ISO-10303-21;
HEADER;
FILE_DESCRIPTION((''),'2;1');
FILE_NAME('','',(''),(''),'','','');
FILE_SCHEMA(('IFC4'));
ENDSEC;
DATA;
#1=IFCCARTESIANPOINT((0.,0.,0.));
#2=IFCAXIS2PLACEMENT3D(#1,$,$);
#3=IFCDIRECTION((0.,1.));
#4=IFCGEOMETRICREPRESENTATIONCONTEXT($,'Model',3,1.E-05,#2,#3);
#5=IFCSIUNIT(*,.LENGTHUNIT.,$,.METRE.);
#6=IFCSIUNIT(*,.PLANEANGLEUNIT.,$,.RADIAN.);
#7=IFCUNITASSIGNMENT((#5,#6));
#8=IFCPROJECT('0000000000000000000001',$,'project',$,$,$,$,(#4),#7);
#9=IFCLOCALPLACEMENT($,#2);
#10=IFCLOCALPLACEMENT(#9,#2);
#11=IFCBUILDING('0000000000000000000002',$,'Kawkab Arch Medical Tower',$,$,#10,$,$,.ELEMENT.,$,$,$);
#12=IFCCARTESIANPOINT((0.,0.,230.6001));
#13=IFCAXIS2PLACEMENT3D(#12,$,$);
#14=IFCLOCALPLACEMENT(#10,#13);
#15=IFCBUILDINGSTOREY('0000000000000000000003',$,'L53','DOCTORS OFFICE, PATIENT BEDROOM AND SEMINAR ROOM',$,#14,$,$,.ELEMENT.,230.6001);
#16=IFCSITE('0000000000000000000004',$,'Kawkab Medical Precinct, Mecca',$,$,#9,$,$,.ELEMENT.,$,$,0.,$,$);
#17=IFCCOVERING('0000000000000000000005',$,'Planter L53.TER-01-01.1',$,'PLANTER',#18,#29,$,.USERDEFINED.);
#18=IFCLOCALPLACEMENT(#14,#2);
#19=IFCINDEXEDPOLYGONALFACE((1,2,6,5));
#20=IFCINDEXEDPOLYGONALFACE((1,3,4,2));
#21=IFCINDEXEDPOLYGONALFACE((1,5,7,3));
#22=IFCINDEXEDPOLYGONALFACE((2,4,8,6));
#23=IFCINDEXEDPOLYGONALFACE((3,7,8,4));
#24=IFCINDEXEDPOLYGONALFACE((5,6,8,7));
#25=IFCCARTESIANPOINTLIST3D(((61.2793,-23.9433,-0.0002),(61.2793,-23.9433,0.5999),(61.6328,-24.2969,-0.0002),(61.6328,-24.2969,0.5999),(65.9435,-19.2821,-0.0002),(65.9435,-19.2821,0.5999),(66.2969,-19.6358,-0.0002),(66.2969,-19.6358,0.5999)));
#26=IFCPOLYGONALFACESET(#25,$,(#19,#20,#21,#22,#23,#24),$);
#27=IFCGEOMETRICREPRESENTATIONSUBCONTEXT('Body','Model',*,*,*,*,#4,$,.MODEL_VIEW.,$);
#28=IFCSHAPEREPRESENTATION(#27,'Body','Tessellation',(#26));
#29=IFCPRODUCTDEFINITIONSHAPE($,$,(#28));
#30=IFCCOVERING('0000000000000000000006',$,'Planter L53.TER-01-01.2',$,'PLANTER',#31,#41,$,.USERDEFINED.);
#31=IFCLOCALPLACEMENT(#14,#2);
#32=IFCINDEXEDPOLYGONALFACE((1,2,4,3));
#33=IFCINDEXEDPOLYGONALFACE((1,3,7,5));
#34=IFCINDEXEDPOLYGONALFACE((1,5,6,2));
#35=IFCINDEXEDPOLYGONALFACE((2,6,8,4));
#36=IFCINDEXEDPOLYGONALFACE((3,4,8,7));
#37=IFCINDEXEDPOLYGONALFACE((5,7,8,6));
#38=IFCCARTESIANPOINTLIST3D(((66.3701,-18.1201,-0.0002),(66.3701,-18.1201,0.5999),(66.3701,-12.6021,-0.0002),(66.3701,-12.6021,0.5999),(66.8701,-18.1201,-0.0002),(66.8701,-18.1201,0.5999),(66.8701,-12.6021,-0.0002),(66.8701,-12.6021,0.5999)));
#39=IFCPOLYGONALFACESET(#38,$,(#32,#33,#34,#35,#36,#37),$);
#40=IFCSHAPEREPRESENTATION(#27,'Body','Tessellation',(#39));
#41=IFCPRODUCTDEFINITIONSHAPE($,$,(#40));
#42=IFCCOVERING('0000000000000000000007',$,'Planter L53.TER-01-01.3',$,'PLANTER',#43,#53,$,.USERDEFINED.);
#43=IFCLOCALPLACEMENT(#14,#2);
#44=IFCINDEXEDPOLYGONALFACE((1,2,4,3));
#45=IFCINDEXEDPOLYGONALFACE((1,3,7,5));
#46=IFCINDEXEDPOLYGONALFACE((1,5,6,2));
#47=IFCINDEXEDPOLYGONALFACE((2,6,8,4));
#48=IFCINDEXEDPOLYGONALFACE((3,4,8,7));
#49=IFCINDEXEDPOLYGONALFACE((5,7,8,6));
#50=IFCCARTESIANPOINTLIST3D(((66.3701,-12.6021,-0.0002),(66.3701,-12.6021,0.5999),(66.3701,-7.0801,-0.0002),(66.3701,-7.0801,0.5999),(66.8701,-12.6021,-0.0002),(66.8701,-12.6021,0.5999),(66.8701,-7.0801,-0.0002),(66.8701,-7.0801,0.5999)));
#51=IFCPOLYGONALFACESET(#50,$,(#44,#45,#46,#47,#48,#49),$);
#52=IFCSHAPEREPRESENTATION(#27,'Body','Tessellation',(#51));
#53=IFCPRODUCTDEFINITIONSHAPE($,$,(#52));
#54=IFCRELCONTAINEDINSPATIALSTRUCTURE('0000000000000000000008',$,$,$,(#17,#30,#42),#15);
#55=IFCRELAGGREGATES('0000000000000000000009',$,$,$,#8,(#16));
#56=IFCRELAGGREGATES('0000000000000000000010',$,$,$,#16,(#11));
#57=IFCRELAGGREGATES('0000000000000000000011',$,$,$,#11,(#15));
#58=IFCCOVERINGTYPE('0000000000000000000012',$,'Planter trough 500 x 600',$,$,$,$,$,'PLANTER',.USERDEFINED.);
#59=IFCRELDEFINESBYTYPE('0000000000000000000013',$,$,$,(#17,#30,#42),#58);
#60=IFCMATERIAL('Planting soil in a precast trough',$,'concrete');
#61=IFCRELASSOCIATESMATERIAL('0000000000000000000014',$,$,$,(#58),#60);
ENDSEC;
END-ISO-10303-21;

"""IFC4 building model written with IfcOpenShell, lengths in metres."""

from ifc_helpers import new_model, si_unit, direction, frame, origin, origin_2d, place, context, subcontext, project, spatial, rectangle, extrude, material, material_profile, profile_set, type_object, element, save


model = new_model("IFC4")

# Units and contexts
model_context = context("Model", 3, precision=1e-05, world=origin(), true_north=direction((0.0, 1.0)))
body_context = subcontext(model_context, "Body", "Model", "MODEL_VIEW")
ifc_project = project(units=[si_unit("LENGTHUNIT", "METRE"), si_unit("PLANEANGLEUNIT", "RADIAN")], contexts=[model_context])

# Site, building, storey
site_placement = place(None, origin())
site = spatial("IfcSite", under=ifc_project, at=site_placement, Name="Kawkab Medical Precinct, Mecca", CompositionType="ELEMENT", RefElevation=0.0)
building_placement = place(site_placement, origin())
building = spatial("IfcBuilding", under=site, at=building_placement, Name="Kawkab Arch Medical Tower", CompositionType="ELEMENT")
storey_placement = place(building_placement, frame((0.0, 0.0, 230.6001)))
storey = spatial("IfcBuildingStorey", under=building, at=storey_placement, Name="L53", Description="DOCTORS OFFICE, PATIENT BEDROOM AND SEMINAR ROOM", CompositionType="ELEMENT", Elevation=230.6001)

# Coverings
ifc_material_1 = material(Name="Planting soil in a precast trough", Category="concrete")
ifc_material_profile_1 = material_profile(ifc_material_1, rectangle(XDim=0.5, YDim=0.6001, at=origin_2d()), Name="Trough 500x600")
ifc_profile_set_1 = profile_set([ifc_material_profile_1], Name="Planting soil in a precast trough")
covering_type = type_object("IfcCoveringType", Name="Planter trough 500 x 600", ElementType="PLANTER", PredefinedType="USERDEFINED", material=ifc_profile_set_1)
covering_1_placement = place(storey_placement, frame((61.4561, -24.1201, 0.2998), z_axis=(0.707329, 0.706885, 0.0), x_axis=(-0.706885, 0.707329, 0.0)))
element("IfcCovering", 1, at=covering_1_placement, inside=storey, type_object=covering_type, Name="Planter L53.TER-01-01.1", ObjectType="PLANTER", PredefinedType="USERDEFINED", context=body_context, shape_type="SweptSolid", body=[
    extrude(rectangle(XDim=0.5, YDim=0.6001, at=origin_2d()), origin(), (0.0, 0.0, 1.0), 6.594),
])
covering_2_placement = place(storey_placement, frame((66.6201, -18.1201, 0.2998), z_axis=(0.0, 1.0, 0.0), x_axis=(-1.0, 0.0, 0.0)))
element("IfcCovering", 2, at=covering_2_placement, inside=storey, type_object=covering_type, Name="Planter L53.TER-01-01.2", ObjectType="PLANTER", PredefinedType="USERDEFINED", context=body_context, shape_type="SweptSolid", body=[
    extrude(rectangle(XDim=0.5, YDim=0.6001, at=origin_2d()), origin(), (0.0, 0.0, 1.0), 5.5181),
])
covering_3_placement = place(storey_placement, frame((66.6201, -12.6021, 0.2998), z_axis=(0.0, 1.0, 0.0), x_axis=(-1.0, 0.0, 0.0)))
element("IfcCovering", 3, at=covering_3_placement, inside=storey, type_object=covering_type, Name="Planter L53.TER-01-01.3", ObjectType="PLANTER", PredefinedType="USERDEFINED", context=body_context, shape_type="SweptSolid", body=[
    extrude(rectangle(XDim=0.5, YDim=0.6001, at=origin_2d()), origin(), (0.0, 0.0, 1.0), 5.522),
])

save(model, "model.ifc")
